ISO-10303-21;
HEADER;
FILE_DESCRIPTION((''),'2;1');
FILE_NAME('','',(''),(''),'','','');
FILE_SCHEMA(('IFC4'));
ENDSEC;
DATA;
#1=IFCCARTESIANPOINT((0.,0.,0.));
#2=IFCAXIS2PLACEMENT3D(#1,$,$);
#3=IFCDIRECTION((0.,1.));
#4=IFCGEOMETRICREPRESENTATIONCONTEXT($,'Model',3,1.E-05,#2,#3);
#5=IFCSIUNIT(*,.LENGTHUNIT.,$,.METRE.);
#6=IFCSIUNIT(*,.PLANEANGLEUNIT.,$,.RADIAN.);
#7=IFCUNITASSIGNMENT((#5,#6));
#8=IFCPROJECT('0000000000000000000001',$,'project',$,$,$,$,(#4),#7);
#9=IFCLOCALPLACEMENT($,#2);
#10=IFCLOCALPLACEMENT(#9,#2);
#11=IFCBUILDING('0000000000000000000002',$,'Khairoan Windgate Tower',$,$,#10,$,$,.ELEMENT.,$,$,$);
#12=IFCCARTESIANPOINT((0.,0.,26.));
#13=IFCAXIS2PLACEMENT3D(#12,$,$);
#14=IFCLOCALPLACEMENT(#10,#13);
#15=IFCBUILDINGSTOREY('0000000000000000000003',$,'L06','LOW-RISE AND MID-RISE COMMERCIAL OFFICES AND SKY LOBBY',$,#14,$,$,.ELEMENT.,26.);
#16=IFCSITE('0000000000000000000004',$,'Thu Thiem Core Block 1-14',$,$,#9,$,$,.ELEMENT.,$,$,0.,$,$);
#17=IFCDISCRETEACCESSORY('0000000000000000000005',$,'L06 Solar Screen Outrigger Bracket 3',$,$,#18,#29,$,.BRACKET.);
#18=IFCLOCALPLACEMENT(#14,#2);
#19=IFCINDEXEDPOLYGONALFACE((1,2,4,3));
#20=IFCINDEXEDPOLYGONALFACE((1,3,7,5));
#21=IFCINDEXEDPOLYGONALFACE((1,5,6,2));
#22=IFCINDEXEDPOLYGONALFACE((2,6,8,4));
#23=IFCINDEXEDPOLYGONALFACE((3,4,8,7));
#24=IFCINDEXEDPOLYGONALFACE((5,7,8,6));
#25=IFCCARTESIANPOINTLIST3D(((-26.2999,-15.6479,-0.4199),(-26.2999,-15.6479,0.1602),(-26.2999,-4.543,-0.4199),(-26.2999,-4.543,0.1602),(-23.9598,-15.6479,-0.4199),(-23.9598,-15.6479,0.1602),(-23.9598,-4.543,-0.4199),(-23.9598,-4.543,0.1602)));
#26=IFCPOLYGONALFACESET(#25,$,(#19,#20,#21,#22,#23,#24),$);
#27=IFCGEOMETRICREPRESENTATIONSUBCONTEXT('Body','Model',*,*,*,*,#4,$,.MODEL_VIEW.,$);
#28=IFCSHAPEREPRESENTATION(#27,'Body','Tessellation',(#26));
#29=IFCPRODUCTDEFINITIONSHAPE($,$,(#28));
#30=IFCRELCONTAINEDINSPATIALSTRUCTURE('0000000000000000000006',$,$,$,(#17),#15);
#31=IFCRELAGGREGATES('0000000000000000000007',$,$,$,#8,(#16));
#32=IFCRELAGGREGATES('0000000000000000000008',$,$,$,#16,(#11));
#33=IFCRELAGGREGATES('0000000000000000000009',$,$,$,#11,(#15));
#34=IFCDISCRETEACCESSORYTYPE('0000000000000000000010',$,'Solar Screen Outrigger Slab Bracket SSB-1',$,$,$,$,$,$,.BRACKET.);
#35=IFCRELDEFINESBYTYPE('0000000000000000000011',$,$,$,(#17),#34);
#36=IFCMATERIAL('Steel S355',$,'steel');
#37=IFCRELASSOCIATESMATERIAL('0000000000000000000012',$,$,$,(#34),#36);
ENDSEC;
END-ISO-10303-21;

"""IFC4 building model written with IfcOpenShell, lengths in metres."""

from ifc_helpers import new_model, si_unit, direction, frame, origin, origin_2d, place, context, subcontext, project, spatial, rectangle, extrude, material, type_object, element, save


model = new_model("IFC4")

# Units and contexts
model_context = context("Model", 3, precision=1e-05, world=origin(), true_north=direction((0.0, 1.0)))
body_context = subcontext(model_context, "Body", "Model", "MODEL_VIEW")
ifc_project = project(units=[si_unit("LENGTHUNIT", "METRE"), si_unit("PLANEANGLEUNIT", "RADIAN")], contexts=[model_context])

# Site, building, storey
site_placement = place(None, origin())
site = spatial("IfcSite", under=ifc_project, at=site_placement, Name="Thu Thiem Core Block 1-14", CompositionType="ELEMENT", RefElevation=0.0)
building_placement = place(site_placement, origin())
building = spatial("IfcBuilding", under=site, at=building_placement, Name="Khairoan Windgate Tower", CompositionType="ELEMENT")
storey_placement = place(building_placement, frame((0.0, 0.0, 26.0)))
storey = spatial("IfcBuildingStorey", under=building, at=storey_placement, Name="L06", Description="LOW-RISE AND MID-RISE COMMERCIAL OFFICES AND SKY LOBBY", CompositionType="ELEMENT", Elevation=26.0)

# Discrete accessory
ifc_material_1 = material(Name="Steel S355", Category="steel")
discrete_accessory_type = type_object("IfcDiscreteAccessoryType", Name="Solar Screen Outrigger Slab Bracket SSB-1", PredefinedType="BRACKET", material=ifc_material_1)
discrete_accessory_placement = place(storey_placement, frame((-25.1299, -10.0955, -0.4199), z_axis=(0.0, 0.0, 1.0), x_axis=(0.0, 1.0, 0.0)))
element("IfcDiscreteAccessory", 1, at=discrete_accessory_placement, inside=storey, type_object=discrete_accessory_type, Name="L06 Solar Screen Outrigger Bracket 3", PredefinedType="BRACKET", context=body_context, shape_type="SweptSolid", body=[
    extrude(rectangle(XDim=11.105, YDim=2.3401, at=origin_2d()), origin(), (0.0, 0.0, 1.0), 0.5801),
])

save(model, "model.ifc")
